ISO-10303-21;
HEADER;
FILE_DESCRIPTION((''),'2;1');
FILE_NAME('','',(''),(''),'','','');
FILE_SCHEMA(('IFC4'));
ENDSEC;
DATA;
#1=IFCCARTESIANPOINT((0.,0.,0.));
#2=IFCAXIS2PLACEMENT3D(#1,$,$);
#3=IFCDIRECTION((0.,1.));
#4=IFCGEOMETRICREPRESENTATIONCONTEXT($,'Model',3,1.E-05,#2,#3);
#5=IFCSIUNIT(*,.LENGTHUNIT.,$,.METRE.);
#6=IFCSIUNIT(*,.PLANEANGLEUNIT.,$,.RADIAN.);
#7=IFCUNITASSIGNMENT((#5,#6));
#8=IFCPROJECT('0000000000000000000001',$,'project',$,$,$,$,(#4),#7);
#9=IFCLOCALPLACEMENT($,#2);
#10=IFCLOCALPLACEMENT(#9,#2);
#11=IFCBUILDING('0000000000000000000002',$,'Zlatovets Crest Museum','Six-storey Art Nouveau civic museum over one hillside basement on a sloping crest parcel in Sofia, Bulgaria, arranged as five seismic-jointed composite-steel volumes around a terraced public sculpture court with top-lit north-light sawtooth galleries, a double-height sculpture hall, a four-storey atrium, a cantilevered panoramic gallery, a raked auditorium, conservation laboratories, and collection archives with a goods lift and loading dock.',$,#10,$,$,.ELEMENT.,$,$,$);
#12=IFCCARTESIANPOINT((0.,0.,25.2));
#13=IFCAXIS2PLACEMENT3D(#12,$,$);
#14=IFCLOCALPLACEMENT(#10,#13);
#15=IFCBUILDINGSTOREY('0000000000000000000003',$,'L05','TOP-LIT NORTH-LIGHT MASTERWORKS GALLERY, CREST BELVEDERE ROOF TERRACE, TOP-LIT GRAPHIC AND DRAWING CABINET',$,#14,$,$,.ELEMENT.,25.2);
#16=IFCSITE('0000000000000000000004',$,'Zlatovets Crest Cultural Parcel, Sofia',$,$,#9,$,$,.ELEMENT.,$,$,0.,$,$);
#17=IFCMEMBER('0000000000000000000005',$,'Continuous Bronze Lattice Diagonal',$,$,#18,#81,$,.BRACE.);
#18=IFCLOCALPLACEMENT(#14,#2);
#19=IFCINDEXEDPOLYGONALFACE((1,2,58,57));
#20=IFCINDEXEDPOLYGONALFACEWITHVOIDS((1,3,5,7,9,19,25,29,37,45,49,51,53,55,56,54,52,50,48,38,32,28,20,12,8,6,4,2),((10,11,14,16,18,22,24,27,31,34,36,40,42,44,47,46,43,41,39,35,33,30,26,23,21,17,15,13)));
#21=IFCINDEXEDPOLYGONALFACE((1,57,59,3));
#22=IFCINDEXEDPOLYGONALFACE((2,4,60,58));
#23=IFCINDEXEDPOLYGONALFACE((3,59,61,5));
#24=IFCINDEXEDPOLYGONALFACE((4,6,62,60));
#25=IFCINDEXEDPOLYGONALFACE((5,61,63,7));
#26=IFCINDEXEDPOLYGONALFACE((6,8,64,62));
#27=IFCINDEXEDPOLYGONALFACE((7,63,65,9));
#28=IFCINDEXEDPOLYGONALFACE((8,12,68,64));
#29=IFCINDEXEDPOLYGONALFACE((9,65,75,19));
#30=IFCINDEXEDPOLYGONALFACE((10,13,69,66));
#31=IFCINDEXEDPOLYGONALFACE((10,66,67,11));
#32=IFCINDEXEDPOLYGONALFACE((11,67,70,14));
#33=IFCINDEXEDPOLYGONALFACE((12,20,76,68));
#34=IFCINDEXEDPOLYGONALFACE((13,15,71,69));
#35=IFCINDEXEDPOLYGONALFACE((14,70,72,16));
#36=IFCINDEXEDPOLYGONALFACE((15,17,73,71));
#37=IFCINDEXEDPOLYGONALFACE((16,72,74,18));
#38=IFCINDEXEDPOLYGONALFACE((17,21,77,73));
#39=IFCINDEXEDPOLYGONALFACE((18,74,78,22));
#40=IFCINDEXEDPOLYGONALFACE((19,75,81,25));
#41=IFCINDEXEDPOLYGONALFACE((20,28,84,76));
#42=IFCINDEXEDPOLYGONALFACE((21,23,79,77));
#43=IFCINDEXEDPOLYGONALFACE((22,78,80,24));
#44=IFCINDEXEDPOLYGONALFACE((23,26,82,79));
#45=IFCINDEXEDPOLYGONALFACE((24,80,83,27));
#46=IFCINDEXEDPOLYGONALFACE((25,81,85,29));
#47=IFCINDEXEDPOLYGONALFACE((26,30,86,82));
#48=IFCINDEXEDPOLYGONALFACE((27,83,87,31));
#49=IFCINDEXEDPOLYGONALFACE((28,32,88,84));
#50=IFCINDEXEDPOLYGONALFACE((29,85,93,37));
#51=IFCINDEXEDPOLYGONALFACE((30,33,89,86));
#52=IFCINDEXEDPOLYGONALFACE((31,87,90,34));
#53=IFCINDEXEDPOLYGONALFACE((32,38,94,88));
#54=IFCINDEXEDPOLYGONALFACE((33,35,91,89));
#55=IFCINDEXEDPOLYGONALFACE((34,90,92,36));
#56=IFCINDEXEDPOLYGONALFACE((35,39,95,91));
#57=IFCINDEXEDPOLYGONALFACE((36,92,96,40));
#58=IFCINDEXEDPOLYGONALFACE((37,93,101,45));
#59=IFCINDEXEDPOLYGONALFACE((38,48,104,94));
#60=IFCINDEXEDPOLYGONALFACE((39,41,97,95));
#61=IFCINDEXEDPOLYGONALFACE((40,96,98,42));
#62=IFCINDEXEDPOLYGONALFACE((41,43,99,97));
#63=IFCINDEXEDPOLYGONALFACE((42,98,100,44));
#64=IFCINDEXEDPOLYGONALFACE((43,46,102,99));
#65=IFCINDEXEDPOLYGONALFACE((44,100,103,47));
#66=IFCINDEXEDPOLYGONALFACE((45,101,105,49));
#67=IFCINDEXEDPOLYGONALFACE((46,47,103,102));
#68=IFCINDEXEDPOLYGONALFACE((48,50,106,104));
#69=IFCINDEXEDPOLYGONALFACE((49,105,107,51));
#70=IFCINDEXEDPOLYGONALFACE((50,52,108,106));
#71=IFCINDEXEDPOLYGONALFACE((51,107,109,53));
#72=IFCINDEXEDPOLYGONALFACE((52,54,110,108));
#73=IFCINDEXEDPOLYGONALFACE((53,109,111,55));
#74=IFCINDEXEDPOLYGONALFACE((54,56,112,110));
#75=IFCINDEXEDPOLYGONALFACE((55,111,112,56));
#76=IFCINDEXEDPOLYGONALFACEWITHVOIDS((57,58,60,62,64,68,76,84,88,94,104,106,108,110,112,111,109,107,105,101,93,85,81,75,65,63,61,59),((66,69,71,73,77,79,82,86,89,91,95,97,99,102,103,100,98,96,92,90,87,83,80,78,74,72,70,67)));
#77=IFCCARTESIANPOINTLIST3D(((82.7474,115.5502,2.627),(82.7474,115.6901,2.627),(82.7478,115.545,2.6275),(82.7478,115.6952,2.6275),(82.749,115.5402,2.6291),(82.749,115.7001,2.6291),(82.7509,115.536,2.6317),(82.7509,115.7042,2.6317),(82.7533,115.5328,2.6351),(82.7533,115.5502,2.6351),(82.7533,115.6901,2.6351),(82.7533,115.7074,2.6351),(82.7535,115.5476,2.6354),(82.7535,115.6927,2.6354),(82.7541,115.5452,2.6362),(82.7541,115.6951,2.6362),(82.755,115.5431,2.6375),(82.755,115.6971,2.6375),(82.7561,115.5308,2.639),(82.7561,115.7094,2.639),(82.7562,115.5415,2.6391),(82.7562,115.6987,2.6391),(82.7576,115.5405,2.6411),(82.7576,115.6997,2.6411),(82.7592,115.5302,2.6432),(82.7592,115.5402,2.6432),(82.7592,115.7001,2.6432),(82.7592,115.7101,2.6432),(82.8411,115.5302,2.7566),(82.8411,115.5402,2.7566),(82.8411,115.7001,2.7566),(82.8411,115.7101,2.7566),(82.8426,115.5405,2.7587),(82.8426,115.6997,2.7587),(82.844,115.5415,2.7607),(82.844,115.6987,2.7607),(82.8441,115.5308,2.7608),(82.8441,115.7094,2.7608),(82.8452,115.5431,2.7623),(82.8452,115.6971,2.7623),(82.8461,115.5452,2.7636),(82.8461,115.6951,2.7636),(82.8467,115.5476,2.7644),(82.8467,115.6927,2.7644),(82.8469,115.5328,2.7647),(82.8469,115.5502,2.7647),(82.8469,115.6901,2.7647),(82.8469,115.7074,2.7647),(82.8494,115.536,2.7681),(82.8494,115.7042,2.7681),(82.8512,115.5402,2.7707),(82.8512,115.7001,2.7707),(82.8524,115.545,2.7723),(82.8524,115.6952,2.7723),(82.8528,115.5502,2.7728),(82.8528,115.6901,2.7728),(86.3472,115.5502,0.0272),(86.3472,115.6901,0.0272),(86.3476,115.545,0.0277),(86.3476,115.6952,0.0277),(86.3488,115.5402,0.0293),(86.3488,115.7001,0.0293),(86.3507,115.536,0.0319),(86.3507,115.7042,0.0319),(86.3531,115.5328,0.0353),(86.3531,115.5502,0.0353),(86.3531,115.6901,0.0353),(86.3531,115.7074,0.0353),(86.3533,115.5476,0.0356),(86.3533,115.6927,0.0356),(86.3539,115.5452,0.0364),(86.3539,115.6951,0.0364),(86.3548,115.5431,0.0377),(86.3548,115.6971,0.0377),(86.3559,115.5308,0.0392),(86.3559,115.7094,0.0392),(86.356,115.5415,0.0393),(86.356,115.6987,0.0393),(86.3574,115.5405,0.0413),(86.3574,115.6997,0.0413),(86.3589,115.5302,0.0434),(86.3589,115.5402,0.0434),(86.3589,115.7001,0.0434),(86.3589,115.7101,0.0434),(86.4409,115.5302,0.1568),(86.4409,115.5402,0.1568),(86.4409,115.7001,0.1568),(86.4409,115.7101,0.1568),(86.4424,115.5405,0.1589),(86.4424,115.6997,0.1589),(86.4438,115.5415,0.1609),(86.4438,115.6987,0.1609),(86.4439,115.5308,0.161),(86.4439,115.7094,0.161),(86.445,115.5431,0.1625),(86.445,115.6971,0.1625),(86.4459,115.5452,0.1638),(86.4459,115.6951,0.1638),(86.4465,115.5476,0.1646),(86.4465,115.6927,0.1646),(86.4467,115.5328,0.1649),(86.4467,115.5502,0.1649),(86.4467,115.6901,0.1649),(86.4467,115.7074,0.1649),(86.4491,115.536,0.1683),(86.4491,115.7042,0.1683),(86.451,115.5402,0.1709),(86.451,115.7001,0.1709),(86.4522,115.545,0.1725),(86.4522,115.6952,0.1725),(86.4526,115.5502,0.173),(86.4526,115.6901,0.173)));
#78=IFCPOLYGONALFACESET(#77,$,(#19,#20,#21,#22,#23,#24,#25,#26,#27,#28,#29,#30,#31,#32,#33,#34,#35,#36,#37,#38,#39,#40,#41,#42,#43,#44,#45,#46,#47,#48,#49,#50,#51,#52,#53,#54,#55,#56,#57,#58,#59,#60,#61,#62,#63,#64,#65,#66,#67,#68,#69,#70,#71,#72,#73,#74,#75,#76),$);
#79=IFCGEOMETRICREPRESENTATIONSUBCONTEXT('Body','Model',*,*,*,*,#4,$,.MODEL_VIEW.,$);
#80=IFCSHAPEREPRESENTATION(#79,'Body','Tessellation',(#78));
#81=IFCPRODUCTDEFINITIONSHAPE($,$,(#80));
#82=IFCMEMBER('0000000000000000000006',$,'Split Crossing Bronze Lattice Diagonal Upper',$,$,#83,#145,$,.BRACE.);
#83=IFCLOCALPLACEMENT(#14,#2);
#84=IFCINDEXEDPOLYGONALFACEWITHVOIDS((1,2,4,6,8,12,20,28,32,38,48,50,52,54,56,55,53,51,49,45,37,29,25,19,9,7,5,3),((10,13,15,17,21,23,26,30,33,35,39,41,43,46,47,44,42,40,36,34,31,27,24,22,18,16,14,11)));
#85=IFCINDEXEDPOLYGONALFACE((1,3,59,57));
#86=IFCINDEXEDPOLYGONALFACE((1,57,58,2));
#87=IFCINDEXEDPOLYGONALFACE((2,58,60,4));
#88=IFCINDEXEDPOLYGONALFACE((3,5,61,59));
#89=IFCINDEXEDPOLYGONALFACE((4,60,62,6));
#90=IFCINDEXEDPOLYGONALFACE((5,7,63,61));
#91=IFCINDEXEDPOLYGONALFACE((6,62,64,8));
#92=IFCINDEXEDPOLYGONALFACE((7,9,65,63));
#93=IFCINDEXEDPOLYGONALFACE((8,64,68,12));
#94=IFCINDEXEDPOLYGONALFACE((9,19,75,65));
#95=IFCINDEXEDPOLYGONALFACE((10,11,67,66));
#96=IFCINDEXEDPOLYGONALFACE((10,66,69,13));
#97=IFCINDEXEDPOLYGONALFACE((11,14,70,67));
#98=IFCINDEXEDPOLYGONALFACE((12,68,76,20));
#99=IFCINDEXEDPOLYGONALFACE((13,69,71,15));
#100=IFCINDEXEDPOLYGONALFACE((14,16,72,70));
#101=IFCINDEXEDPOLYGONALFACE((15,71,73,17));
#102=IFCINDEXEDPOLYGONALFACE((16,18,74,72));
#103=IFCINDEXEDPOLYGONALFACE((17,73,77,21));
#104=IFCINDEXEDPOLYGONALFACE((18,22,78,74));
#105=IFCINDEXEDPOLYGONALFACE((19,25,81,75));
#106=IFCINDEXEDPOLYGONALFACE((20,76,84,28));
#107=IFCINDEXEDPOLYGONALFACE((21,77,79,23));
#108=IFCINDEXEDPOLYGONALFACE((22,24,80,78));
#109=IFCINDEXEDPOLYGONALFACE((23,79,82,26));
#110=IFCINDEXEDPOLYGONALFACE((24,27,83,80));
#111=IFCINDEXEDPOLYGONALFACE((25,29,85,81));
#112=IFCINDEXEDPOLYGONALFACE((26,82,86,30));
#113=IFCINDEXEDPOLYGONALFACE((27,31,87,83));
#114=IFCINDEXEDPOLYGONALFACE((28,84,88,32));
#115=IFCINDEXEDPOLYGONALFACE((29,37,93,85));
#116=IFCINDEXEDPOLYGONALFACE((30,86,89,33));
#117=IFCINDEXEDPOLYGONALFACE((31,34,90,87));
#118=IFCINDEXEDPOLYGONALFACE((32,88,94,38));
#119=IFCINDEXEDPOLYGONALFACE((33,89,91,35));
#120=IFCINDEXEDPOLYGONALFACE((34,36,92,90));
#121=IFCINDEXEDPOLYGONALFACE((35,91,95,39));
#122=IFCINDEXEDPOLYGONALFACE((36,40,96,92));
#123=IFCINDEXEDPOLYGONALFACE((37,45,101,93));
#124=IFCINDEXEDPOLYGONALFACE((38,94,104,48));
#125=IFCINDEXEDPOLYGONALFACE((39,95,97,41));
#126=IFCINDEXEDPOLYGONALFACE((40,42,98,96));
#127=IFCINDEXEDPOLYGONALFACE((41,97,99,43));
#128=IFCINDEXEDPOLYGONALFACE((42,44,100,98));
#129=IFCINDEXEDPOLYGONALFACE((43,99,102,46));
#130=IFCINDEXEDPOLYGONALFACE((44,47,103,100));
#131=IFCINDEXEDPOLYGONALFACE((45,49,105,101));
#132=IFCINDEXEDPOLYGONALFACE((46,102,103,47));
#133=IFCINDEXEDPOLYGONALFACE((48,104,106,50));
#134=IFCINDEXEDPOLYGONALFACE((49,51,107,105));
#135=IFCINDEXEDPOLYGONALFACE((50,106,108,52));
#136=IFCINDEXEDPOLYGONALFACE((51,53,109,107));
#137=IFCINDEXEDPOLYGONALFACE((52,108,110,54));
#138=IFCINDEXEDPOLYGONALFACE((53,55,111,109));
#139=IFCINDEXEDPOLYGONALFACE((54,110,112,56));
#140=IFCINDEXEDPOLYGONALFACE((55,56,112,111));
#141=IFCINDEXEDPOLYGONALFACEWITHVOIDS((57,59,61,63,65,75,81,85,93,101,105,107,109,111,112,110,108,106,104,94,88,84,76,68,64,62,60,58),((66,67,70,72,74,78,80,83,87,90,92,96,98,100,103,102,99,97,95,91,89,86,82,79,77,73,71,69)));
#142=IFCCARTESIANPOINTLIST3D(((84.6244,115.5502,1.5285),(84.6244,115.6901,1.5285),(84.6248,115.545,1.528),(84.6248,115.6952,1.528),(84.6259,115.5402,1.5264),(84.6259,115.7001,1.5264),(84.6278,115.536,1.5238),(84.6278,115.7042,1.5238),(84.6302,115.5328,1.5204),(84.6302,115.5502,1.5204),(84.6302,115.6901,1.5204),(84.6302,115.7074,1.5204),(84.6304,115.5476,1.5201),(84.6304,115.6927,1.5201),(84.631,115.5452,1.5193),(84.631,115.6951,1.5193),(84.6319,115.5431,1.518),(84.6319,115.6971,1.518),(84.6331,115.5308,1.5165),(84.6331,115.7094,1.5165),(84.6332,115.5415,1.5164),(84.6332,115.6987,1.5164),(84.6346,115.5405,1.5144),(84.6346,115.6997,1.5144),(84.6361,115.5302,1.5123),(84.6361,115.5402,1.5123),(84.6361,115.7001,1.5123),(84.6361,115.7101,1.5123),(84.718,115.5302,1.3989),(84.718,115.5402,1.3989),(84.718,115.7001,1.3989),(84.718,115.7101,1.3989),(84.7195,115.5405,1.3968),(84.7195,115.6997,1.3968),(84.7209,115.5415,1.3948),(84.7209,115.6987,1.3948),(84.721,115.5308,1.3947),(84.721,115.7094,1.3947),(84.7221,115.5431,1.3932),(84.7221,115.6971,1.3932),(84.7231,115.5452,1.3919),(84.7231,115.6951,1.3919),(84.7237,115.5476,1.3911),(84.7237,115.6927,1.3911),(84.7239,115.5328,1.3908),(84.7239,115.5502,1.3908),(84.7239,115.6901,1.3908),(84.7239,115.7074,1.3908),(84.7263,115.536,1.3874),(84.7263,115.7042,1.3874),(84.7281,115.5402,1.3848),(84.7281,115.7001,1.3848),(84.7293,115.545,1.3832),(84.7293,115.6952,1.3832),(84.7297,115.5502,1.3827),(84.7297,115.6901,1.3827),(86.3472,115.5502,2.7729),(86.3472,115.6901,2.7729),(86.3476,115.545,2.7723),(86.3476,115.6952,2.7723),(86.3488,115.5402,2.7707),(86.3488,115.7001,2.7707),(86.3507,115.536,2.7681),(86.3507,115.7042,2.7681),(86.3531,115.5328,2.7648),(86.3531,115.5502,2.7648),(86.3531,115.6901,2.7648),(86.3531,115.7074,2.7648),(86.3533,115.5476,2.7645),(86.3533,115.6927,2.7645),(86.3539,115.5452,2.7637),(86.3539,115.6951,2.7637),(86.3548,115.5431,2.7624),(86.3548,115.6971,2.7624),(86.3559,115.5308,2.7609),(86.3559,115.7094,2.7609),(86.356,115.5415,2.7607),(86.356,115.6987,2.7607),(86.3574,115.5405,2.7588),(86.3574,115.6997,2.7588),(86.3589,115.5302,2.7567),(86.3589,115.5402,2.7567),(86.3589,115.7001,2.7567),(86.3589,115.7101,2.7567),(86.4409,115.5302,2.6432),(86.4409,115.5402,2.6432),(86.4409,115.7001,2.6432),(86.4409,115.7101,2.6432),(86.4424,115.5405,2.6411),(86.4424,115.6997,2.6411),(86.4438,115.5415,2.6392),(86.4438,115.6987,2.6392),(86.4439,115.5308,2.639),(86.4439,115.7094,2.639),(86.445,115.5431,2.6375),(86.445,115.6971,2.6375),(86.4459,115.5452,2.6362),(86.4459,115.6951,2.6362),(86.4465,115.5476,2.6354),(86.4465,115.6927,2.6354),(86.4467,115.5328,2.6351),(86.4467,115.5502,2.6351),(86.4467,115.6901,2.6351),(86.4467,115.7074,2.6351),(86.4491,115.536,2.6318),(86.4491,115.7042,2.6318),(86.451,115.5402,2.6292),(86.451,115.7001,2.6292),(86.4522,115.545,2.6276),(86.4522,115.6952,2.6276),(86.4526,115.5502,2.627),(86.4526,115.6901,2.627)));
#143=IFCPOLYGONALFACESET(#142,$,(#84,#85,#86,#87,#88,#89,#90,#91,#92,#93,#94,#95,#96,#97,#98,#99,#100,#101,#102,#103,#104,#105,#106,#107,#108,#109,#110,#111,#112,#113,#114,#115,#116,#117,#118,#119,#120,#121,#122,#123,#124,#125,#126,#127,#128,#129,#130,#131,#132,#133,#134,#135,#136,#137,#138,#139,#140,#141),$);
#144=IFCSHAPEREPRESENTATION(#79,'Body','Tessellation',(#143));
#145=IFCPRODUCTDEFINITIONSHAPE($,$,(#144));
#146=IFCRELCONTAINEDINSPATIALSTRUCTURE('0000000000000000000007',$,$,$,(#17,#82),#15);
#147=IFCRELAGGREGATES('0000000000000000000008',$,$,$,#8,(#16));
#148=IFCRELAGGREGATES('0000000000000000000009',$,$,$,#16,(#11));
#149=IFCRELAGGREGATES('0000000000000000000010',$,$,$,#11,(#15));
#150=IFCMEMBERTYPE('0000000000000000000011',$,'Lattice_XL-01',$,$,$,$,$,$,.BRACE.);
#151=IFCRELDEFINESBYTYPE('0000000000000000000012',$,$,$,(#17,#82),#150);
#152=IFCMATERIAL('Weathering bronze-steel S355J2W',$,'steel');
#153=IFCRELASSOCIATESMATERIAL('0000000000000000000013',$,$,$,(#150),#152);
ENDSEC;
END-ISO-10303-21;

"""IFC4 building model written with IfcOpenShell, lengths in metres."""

from ifc_helpers import new_model, si_unit, direction, frame, origin, origin_2d, place, context, subcontext, project, spatial, hollow_rectangle, extrude, material, material_profile, profile_set, type_object, element, save


model = new_model("IFC4")

# Units and contexts
model_context = context("Model", 3, precision=1e-05, world=origin(), true_north=direction((0.0, 1.0)))
body_context = subcontext(model_context, "Body", "Model", "MODEL_VIEW")
ifc_project = project(units=[si_unit("LENGTHUNIT", "METRE"), si_unit("PLANEANGLEUNIT", "RADIAN")], contexts=[model_context])

# Site, building, storey
site_placement = place(None, origin())
site = spatial("IfcSite", under=ifc_project, at=site_placement, Name="Zlatovets Crest Cultural Parcel, Sofia", CompositionType="ELEMENT", RefElevation=0.0)
building_placement = place(site_placement, origin())
building = spatial("IfcBuilding", under=site, at=building_placement, Name="Zlatovets Crest Museum", Description="Six-storey Art Nouveau civic museum over one hillside basement on a sloping crest parcel in Sofia, Bulgaria, arranged as five seismic-jointed composite-steel volumes around a terraced public sculpture court with top-lit north-light sawtooth galleries, a double-height sculpture hall, a four-storey atrium, a cantilevered panoramic gallery, a raked auditorium, conservation laboratories, and collection archives with a goods lift and loading dock.", CompositionType="ELEMENT")
storey_placement = place(building_placement, frame((0.0, 0.0, 25.2)))
storey = spatial("IfcBuildingStorey", under=building, at=storey_placement, Name="L05", Description="TOP-LIT NORTH-LIGHT MASTERWORKS GALLERY, CREST BELVEDERE ROOF TERRACE, TOP-LIT GRAPHIC AND DRAWING CABINET", CompositionType="ELEMENT", Elevation=25.2)

# Members
ifc_material_1 = material(Name="Weathering bronze-steel S355J2W", Category="steel")
ifc_material_profile_1 = material_profile(ifc_material_1, hollow_rectangle(XDim=0.1799, YDim=0.1799, WallThickness=0.01, InnerFilletRadius=0.01, OuterFilletRadius=0.02, at=origin_2d()), Name="SHS 180x180x10.0")
ifc_profile_set_1 = profile_set([ifc_material_profile_1], Name="Weathering bronze-steel S355J2W")
member_type_1 = type_object("IfcMemberType", Name="Lattice_XL-01", PredefinedType="BRACE", material=ifc_profile_set_1)
member_1_placement = place(storey_placement, frame((86.3999, 115.6201, 0.1001), z_axis=(-0.810684, 0.0, 0.585485), x_axis=(0.0, -1.0, 0.0)))
element("IfcMember", 1, at=member_1_placement, inside=storey, type_object=member_type_1, Name="Continuous Bronze Lattice Diagonal", PredefinedType="BRACE", context=body_context, shape_type="SweptSolid", body=[
    extrude(hollow_rectangle(XDim=0.1799, YDim=0.1799, WallThickness=0.01, InnerFilletRadius=0.01, OuterFilletRadius=0.02, at=origin_2d()), origin(), (0.0, 0.0, 1.0), 4.4404),
])
for number, where, z_axis, x_axis, name in (
    (2, (86.3999, 115.6201, 2.7), (-0.810664, 0.0, -0.585512), (0.0, -1.0, 0.0), "Split Crossing Bronze Lattice Diagonal Upper"),
):
    element("IfcMember", number, at=place(storey_placement, frame(where, z_axis=z_axis, x_axis=x_axis)), inside=storey, type_object=member_type_1, Name=name, PredefinedType="BRACE", context=body_context, shape_type="SweptSolid", body=[
        extrude(hollow_rectangle(XDim=0.1799, YDim=0.1799, WallThickness=0.01, InnerFilletRadius=0.01, OuterFilletRadius=0.02, at=origin_2d()), origin(), (0.0, 0.0, 1.0), 2.1252),
    ])

save(model, "model.ifc")
